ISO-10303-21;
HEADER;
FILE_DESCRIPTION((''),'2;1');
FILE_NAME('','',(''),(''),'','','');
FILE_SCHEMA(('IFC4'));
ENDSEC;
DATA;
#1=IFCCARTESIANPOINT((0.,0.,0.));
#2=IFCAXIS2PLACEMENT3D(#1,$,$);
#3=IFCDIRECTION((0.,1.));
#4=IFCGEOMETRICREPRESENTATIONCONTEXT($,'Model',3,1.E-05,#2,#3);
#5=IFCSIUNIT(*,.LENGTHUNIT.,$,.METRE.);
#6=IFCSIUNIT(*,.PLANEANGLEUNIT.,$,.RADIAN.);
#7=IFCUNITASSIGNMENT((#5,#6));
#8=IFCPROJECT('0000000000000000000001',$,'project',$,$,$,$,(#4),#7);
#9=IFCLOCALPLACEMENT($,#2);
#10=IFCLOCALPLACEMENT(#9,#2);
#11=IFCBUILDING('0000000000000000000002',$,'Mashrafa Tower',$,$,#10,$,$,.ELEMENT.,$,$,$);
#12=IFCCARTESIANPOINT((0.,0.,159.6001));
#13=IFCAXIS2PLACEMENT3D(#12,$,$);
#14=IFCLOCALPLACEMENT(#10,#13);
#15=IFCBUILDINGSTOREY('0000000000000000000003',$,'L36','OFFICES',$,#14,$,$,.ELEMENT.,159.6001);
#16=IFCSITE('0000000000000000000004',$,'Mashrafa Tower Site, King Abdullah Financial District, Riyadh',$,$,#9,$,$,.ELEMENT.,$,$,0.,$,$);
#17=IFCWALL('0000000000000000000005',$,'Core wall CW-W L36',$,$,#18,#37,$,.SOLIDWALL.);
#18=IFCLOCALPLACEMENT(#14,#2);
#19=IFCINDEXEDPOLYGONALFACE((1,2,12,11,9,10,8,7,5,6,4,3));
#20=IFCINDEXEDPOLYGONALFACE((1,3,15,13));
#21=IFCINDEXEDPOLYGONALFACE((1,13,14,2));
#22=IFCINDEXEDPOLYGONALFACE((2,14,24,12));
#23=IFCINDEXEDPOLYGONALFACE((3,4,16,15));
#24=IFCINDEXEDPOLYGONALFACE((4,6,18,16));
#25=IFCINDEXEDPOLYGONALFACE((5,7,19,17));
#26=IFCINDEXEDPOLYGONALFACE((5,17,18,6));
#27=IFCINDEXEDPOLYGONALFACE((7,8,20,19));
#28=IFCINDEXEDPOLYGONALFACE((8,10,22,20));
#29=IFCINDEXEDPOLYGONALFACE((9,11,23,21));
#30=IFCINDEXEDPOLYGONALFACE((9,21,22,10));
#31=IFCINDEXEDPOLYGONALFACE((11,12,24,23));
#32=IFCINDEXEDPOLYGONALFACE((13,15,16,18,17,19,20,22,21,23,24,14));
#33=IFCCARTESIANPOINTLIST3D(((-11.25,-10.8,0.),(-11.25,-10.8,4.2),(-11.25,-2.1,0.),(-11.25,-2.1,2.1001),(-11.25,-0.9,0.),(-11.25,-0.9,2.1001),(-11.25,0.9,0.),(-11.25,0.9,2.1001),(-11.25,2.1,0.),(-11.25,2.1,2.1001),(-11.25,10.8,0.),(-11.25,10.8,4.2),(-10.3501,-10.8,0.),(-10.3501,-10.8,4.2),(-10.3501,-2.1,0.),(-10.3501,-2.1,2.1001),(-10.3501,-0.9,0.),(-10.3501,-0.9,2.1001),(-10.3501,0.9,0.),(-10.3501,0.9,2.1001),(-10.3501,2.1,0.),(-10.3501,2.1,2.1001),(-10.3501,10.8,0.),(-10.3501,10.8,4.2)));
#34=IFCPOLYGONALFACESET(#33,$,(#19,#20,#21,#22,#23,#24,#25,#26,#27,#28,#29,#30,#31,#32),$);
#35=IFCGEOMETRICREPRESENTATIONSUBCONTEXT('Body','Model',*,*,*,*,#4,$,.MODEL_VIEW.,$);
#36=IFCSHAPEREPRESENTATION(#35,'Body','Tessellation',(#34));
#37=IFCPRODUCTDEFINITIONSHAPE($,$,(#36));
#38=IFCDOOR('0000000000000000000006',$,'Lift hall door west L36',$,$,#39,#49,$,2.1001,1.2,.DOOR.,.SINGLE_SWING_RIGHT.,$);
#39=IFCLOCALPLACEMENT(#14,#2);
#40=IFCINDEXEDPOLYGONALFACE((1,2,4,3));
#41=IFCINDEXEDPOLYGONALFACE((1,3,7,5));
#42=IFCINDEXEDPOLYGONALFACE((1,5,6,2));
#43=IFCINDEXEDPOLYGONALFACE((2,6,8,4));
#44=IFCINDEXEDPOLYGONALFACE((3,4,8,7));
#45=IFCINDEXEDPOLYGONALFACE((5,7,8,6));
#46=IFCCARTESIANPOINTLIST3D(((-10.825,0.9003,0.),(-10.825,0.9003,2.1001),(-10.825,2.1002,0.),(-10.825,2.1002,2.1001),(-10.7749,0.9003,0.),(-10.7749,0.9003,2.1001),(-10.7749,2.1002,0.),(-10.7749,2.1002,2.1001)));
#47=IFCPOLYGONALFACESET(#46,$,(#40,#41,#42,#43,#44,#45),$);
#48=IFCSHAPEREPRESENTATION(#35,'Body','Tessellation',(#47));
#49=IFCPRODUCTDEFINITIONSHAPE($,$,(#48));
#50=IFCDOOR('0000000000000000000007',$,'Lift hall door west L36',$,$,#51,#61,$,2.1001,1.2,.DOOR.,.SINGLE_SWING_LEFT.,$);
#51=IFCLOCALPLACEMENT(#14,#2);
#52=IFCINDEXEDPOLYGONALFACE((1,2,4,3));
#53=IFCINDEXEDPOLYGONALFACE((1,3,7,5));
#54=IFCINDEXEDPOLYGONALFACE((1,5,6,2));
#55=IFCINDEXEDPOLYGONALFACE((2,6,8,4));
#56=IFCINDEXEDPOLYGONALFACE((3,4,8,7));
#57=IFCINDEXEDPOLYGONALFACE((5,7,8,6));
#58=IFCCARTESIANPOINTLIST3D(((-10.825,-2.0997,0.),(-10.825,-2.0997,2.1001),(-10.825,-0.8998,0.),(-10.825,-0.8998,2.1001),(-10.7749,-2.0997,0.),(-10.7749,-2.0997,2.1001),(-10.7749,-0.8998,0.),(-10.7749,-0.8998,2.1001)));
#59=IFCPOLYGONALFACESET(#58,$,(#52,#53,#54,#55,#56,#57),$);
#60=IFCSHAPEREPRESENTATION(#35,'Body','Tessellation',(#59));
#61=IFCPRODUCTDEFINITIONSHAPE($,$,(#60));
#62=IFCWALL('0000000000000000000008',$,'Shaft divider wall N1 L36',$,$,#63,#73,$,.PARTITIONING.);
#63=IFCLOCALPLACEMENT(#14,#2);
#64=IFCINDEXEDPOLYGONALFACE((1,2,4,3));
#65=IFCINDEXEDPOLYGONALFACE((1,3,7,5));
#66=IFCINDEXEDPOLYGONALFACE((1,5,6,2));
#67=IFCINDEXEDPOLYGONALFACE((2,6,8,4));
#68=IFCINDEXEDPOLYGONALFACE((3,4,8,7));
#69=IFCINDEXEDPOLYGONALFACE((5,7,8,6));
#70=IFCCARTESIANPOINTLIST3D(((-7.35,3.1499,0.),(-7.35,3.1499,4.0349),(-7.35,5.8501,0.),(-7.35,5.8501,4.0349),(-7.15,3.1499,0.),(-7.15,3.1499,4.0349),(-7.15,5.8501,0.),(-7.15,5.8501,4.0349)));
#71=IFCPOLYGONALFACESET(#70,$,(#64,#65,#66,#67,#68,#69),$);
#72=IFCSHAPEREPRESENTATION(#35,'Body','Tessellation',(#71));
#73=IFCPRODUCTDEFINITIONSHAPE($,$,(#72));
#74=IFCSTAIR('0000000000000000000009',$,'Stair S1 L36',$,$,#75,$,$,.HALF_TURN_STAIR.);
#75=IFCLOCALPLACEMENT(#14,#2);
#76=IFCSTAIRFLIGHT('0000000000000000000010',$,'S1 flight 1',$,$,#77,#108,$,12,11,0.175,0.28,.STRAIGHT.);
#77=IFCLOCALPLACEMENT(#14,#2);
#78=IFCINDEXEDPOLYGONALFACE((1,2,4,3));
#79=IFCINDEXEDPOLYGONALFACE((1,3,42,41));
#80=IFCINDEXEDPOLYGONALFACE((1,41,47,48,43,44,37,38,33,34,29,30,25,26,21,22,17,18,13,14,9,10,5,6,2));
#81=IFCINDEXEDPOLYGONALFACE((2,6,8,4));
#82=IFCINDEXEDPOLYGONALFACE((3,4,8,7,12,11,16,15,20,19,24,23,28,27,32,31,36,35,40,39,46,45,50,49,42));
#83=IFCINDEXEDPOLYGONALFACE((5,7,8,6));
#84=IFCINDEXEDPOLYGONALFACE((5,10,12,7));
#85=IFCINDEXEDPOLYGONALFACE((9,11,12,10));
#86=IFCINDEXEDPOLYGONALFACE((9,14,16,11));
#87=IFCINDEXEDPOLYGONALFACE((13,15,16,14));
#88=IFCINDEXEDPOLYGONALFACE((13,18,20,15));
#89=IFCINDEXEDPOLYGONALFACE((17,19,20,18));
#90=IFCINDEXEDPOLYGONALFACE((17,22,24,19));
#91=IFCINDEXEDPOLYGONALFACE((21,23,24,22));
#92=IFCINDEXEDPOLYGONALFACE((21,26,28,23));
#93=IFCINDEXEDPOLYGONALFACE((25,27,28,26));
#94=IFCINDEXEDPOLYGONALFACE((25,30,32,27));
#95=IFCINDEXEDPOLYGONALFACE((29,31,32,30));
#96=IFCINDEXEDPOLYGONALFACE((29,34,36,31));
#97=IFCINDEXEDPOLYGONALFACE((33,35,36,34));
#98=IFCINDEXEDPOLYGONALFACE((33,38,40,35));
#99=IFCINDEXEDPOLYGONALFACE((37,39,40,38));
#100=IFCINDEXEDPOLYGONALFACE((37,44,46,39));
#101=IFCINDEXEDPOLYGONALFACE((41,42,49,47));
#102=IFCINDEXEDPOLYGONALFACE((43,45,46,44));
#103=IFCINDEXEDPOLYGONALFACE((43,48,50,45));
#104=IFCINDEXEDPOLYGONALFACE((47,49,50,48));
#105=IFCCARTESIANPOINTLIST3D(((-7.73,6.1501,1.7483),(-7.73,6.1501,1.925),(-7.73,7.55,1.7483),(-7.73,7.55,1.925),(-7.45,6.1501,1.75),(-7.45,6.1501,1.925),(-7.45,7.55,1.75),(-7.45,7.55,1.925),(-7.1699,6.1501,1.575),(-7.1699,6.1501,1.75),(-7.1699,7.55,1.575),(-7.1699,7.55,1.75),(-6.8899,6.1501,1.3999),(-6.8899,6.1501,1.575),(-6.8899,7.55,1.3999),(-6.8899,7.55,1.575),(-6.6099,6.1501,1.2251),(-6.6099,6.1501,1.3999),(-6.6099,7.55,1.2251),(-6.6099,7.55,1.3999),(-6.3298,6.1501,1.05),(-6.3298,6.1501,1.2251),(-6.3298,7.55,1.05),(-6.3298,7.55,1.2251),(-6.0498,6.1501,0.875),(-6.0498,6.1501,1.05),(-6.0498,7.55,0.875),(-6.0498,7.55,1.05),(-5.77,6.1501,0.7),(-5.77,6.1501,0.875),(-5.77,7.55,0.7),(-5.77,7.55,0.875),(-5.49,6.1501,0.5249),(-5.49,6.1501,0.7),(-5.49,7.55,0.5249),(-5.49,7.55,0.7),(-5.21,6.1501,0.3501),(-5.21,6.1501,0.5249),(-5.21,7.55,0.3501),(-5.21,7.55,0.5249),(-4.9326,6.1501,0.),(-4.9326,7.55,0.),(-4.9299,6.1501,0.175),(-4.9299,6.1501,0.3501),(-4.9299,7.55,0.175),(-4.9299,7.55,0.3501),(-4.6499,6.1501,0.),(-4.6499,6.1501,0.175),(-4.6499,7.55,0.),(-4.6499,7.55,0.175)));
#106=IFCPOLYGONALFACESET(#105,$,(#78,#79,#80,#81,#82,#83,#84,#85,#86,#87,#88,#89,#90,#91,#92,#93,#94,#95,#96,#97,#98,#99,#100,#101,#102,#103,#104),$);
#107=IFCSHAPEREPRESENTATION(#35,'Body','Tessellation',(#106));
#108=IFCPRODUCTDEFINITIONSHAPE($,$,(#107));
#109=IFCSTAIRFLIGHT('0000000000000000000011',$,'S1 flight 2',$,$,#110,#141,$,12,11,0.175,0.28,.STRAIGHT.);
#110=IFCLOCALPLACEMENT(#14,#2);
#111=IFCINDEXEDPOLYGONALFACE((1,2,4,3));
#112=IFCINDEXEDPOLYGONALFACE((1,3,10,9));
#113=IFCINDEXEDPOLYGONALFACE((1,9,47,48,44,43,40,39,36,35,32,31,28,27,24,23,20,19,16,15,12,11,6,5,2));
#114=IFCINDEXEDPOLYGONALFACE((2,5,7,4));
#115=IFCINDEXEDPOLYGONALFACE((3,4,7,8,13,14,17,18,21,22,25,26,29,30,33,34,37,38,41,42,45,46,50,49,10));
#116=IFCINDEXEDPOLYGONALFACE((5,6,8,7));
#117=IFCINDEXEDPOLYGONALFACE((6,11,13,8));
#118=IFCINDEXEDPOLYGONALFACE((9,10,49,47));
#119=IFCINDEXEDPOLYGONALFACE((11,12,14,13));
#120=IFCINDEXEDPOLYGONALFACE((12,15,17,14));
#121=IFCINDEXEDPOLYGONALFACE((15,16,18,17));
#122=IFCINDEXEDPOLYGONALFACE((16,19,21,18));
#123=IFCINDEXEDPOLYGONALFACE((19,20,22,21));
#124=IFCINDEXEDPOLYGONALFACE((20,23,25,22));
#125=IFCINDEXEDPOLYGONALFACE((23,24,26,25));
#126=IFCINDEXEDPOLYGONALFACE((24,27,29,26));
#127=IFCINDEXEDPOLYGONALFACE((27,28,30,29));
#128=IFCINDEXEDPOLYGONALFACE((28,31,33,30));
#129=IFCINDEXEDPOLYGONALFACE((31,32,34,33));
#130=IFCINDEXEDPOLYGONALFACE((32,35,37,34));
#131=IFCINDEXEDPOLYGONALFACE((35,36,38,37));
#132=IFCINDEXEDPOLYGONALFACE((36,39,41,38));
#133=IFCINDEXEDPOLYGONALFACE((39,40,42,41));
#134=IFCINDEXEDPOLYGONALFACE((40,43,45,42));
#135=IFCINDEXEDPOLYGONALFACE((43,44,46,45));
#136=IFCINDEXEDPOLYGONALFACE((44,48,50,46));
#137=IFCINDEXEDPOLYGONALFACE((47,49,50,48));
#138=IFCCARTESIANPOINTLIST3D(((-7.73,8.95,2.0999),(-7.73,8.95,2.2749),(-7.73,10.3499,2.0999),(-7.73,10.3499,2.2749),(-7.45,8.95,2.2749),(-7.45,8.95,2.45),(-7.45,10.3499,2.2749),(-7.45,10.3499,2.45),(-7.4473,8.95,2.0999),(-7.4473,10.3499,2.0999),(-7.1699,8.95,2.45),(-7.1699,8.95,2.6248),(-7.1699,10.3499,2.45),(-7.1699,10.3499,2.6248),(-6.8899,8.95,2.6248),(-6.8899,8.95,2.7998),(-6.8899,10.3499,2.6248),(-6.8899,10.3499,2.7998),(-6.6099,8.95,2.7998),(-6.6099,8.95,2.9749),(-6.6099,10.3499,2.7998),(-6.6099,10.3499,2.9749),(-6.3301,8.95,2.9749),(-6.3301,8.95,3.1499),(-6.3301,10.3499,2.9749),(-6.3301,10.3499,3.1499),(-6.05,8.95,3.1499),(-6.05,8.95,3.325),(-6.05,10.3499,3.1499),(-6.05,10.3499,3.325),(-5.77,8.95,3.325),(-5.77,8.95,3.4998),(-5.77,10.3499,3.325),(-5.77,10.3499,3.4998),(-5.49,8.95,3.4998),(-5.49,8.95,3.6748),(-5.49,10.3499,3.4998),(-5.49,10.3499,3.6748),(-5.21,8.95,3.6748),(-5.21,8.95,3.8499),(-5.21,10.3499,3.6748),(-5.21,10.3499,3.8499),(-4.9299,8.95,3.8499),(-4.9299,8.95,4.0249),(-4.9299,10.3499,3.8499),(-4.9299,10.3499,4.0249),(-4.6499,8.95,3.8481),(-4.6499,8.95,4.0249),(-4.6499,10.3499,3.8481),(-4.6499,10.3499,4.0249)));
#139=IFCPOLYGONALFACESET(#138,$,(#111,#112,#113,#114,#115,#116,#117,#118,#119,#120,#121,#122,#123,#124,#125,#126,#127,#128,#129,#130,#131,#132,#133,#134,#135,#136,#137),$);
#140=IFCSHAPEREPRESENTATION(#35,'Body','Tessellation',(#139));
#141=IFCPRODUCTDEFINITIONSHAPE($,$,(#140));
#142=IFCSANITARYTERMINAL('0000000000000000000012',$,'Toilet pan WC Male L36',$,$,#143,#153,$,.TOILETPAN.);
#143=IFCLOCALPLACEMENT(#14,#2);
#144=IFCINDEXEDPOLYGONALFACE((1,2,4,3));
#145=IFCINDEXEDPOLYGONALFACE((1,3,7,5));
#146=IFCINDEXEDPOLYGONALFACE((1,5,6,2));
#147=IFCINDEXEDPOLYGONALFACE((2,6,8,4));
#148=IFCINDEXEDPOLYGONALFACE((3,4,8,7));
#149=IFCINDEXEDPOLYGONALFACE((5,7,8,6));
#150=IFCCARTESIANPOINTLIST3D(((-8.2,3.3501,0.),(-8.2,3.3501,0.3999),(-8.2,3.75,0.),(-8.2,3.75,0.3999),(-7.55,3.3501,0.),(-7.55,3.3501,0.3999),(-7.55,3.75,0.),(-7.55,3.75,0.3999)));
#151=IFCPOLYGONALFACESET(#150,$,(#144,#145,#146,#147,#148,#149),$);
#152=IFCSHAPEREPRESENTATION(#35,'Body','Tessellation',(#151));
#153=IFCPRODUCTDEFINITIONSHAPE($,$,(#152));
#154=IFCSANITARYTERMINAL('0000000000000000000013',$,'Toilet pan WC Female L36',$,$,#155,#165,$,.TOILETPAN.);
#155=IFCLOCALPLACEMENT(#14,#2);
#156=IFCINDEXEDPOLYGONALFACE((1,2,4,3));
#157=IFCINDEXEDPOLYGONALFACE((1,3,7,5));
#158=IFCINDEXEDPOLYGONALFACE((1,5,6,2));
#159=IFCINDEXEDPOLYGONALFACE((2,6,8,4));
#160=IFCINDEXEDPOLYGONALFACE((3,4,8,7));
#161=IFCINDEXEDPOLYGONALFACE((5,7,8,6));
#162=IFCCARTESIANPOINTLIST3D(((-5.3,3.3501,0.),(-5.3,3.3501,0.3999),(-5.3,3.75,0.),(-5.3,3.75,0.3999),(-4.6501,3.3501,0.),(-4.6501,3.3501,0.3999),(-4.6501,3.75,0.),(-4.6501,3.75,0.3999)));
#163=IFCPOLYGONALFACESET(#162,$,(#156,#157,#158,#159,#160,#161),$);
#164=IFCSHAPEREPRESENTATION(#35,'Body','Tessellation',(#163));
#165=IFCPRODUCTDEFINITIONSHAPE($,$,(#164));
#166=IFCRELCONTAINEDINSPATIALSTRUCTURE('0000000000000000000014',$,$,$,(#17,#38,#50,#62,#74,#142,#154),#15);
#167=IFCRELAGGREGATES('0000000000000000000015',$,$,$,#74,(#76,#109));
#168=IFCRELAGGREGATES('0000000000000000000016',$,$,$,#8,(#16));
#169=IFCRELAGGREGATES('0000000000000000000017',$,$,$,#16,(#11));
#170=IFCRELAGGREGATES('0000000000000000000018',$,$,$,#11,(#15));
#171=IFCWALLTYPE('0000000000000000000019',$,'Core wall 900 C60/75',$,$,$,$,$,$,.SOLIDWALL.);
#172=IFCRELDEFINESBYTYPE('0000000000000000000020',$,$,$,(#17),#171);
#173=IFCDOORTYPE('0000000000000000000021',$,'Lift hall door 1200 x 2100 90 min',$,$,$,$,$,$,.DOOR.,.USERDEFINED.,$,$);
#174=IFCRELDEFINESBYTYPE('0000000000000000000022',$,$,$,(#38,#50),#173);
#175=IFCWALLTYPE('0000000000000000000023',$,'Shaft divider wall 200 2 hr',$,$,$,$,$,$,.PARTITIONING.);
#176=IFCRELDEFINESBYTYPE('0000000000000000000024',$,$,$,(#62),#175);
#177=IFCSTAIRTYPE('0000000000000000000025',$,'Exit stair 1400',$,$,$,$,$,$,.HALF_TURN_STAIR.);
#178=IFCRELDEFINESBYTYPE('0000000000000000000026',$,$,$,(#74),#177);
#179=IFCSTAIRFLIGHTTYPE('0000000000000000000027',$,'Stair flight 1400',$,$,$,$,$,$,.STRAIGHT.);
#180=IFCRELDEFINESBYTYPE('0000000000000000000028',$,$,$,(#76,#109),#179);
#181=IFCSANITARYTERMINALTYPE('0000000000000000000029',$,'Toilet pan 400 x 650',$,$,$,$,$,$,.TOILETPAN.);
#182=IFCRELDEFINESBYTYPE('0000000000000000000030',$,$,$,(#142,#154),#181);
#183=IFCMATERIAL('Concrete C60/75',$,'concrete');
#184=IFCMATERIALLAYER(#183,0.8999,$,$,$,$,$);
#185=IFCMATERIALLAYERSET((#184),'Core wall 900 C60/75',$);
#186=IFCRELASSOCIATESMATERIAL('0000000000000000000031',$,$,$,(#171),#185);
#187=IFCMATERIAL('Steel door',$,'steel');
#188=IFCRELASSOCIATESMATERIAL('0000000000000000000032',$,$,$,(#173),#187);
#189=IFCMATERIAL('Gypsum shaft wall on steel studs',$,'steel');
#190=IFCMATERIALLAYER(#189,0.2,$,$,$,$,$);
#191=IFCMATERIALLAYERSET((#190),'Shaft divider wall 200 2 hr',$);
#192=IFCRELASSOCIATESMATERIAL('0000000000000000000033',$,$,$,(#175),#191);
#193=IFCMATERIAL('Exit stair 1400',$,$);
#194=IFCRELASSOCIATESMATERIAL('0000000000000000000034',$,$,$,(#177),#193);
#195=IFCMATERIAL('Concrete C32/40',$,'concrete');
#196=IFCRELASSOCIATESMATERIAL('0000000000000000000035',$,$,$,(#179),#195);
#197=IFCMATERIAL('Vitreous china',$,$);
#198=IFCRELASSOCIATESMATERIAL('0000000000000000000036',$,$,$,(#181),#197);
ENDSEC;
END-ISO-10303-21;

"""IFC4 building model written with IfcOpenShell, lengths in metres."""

from ifc_helpers import new_model, si_unit, direction, frame, frame_2d, origin, origin_2d, place, context, subcontext, project, spatial, polyline, rectangle, outline, extrude, material, layer, layer_set, type_object, element, fill, aggregate, save


model = new_model("IFC4")

# Units and contexts
model_context = context("Model", 3, precision=1e-05, world=origin(), true_north=direction((0.0, 1.0)))
body_context = subcontext(model_context, "Body", "Model", "MODEL_VIEW")
ifc_project = project(units=[si_unit("LENGTHUNIT", "METRE"), si_unit("PLANEANGLEUNIT", "RADIAN")], contexts=[model_context])

# Site, building, storey
site_placement = place(None, origin())
site = spatial("IfcSite", under=ifc_project, at=site_placement, Name="Mashrafa Tower Site, King Abdullah Financial District, Riyadh", CompositionType="ELEMENT", RefElevation=0.0)
building_placement = place(site_placement, origin())
building = spatial("IfcBuilding", under=site, at=building_placement, Name="Mashrafa Tower", CompositionType="ELEMENT")
storey_placement = place(building_placement, frame((0.0, 0.0, 159.6001)))
storey = spatial("IfcBuildingStorey", under=building, at=storey_placement, Name="L36", Description="OFFICES", CompositionType="ELEMENT", Elevation=159.6001)

# Wall, openings, doors
ifc_material_1 = material(Name="Concrete C60/75", Category="concrete")
ifc_layer_1 = layer(ifc_material_1, 0.8999)
ifc_layer_set_1 = layer_set([ifc_layer_1], Name="Core wall 900 C60/75")
wall_type_1 = type_object("IfcWallType", Name="Core wall 900 C60/75", PredefinedType="SOLIDWALL", material=ifc_layer_set_1)
wall_1_placement = place(storey_placement, frame((-10.8, 10.8, 0.0), z_axis=(0.0, 0.0, 1.0), x_axis=(0.0, -1.0, 0.0)))
wall_1 = element("IfcWall", 1, at=wall_1_placement, inside=storey, type_object=wall_type_1, Name="Core wall CW-W L36", PredefinedType="SOLIDWALL", context=body_context, shape_type="SweptSolid", body=[
    extrude(rectangle(XDim=21.6001, YDim=0.8999, at=frame_2d((10.8, 0.0))), origin(), (0.0, 0.0, 1.0), 4.2),
])
opening_1_placement = place(wall_1_placement, frame((8.7, 0.0, 0.0)))
opening_1 = element("IfcOpeningElement", 2, at=opening_1_placement, cuts=wall_1, PredefinedType="OPENING", context=body_context, shape_type="SweptSolid", body=[
    extrude(rectangle(XDim=1.2, YDim=2.1001, at=frame_2d((0.6001, 1.05))), frame((0.0, 0.46, 0.0), z_axis=(0.0, -1.0, 0.0), x_axis=(1.0, 0.0, 0.0)), (0.0, 0.0, 1.0), 0.9199),
])
opening_2_placement = place(wall_1_placement, frame((11.7, 0.0, 0.0)))
opening_2 = element("IfcOpeningElement", 3, at=opening_2_placement, cuts=wall_1, PredefinedType="OPENING", context=body_context, shape_type="SweptSolid", body=[
    extrude(rectangle(XDim=1.2, YDim=2.1001, at=frame_2d((0.6001, 1.05))), frame((0.0, 0.46, 0.0), z_axis=(0.0, -1.0, 0.0), x_axis=(1.0, 0.0, 0.0)), (0.0, 0.0, 1.0), 0.9199),
])
ifc_material_2 = material(Name="Steel door", Category="steel")
door_type_1 = type_object("IfcDoorType", Name="Lift hall door 1200 x 2100 90 min", OperationType="USERDEFINED", PredefinedType="DOOR", material=ifc_material_2)
door_1_placement = place(opening_1_placement, frame((1.2, 0.0, 0.0), z_axis=(0.0, 0.0, 1.0), x_axis=(-1.0, 0.0, 0.0)))
door_1 = element("IfcDoor", 4, at=door_1_placement, inside=storey, type_object=door_type_1, Name="Lift hall door west L36", OperationType="SINGLE_SWING_RIGHT", OverallHeight=2.1001, OverallWidth=1.2, PredefinedType="DOOR", context=body_context, shape_type="SweptSolid", body=[
    extrude(rectangle(XDim=1.2, YDim=2.1001, at=frame_2d((0.6001, 1.05))), frame((0.0, 0.0249, 0.0), z_axis=(0.0, -1.0, 0.0), x_axis=(1.0, 0.0, 0.0)), (0.0, 0.0, 1.0), 0.05),
])
fill(opening_1, door_1)
door_2_placement = place(opening_2_placement, frame((1.2, 0.0, 0.0), z_axis=(0.0, 0.0, 1.0), x_axis=(-1.0, 0.0, 0.0)))
door_2 = element("IfcDoor", 5, at=door_2_placement, inside=storey, type_object=door_type_1, Name="Lift hall door west L36", OperationType="SINGLE_SWING_LEFT", OverallHeight=2.1001, OverallWidth=1.2, PredefinedType="DOOR", context=body_context, shape_type="SweptSolid", body=[
    extrude(rectangle(XDim=1.2, YDim=2.1001, at=frame_2d((0.6001, 1.05))), frame((0.0, 0.0249, 0.0), z_axis=(0.0, -1.0, 0.0), x_axis=(1.0, 0.0, 0.0)), (0.0, 0.0, 1.0), 0.05),
])
fill(opening_2, door_2)

# Wall
ifc_material_3 = material(Name="Gypsum shaft wall on steel studs", Category="steel")
ifc_layer_2 = layer(ifc_material_3, 0.2)
ifc_layer_set_2 = layer_set([ifc_layer_2], Name="Shaft divider wall 200 2 hr")
wall_type_2 = type_object("IfcWallType", Name="Shaft divider wall 200 2 hr", PredefinedType="PARTITIONING", material=ifc_layer_set_2)
wall_2_placement = place(storey_placement, frame((-7.25, 3.1499, 0.0), z_axis=(0.0, 0.0, 1.0), x_axis=(0.0, 1.0, 0.0)))
element("IfcWall", 6, at=wall_2_placement, inside=storey, type_object=wall_type_2, Name="Shaft divider wall N1 L36", PredefinedType="PARTITIONING", context=body_context, shape_type="SweptSolid", body=[
    extrude(rectangle(XDim=2.7002, YDim=0.2, at=frame_2d((1.3501, 0.0))), origin(), (0.0, 0.0, 1.0), 4.0349),
])

# Stair, stair flights
ifc_material_4 = material(Name="Exit stair 1400")
stair_type = type_object("IfcStairType", Name="Exit stair 1400", PredefinedType="HALF_TURN_STAIR", material=ifc_material_4)
stair_placement = place(storey_placement, origin())
stair = element("IfcStair", 7, at=stair_placement, inside=storey, type_object=stair_type, Name="Stair S1 L36", PredefinedType="HALF_TURN_STAIR")
ifc_material_5 = material(Name="Concrete C32/40", Category="concrete")
stair_flight_type = type_object("IfcStairFlightType", Name="Stair flight 1400", PredefinedType="STRAIGHT", material=ifc_material_5)
stair_flight_1_placement = place(storey_placement, frame((-4.6499, 6.8501, 0.0), z_axis=(0.0, 0.0, 1.0), x_axis=(-1.0, 0.0, 0.0)))
stair_flight_1 = element("IfcStairFlight", 8, at=stair_flight_1_placement, type_object=stair_flight_type, Name="S1 flight 1", NumberOfRisers=12, NumberOfTreads=11, PredefinedType="STRAIGHT", RiserHeight=0.175, TreadLength=0.28, context=body_context, shape_type="SweptSolid", body=[
    extrude(outline(polyline([(0.0, 0.0), (0.0, 0.175), (0.28, 0.175), (0.28, 0.3501), (0.5601, 0.3501), (0.5601, 0.5249), (0.8401, 0.5249), (0.8401, 0.7), (1.1201, 0.7), (1.1201, 0.875), (1.3999, 0.875), (1.3999, 1.05), (1.6799, 1.05), (1.6799, 1.2251), (1.96, 1.2251), (1.96, 1.3999), (2.24, 1.3999), (2.24, 1.575), (2.52, 1.575), (2.52, 1.75), (2.8, 1.75), (2.8, 1.925), (3.0801, 1.925), (3.0801, 2.1001), (3.0801, 1.7483), (0.2827, 0.0), (0.0, 0.0)])), frame((0.0, 0.7, 0.0), z_axis=(0.0, -1.0, 0.0), x_axis=(1.0, 0.0, 0.0)), (0.0, 0.0, 1.0), 1.3999),
])
stair_flight_2_placement = place(storey_placement, frame((-7.73, 9.6499, 2.0999), z_axis=(0.0, 0.0, 1.0), x_axis=(1.0, 0.0, 0.0)))
stair_flight_2 = element("IfcStairFlight", 9, at=stair_flight_2_placement, type_object=stair_flight_type, Name="S1 flight 2", NumberOfRisers=12, NumberOfTreads=11, PredefinedType="STRAIGHT", RiserHeight=0.175, TreadLength=0.28, context=body_context, shape_type="SweptSolid", body=[
    extrude(outline(polyline([(0.0, 0.0), (0.0, 0.175), (0.28, 0.175), (0.28, 0.3501), (0.5601, 0.3501), (0.5601, 0.5249), (0.8401, 0.5249), (0.8401, 0.7), (1.1201, 0.7), (1.1201, 0.875), (1.3999, 0.875), (1.3999, 1.05), (1.6799, 1.05), (1.6799, 1.2251), (1.96, 1.2251), (1.96, 1.3999), (2.24, 1.3999), (2.24, 1.575), (2.52, 1.575), (2.52, 1.75), (2.8, 1.75), (2.8, 1.925), (3.0801, 1.925), (3.0801, 2.1001), (3.0801, 1.7483), (0.2827, 0.0), (0.0, 0.0)])), frame((0.0, 0.7, 0.0), z_axis=(0.0, -1.0, 0.0), x_axis=(1.0, 0.0, 0.0)), (0.0, 0.0, 1.0), 1.3999),
])
aggregate(stair, [stair_flight_1, stair_flight_2])

# Sanitary terminals
ifc_material_6 = material(Name="Vitreous china")
sanitary_terminal_type_1 = type_object("IfcSanitaryTerminalType", Name="Toilet pan 400 x 650", PredefinedType="TOILETPAN", material=ifc_material_6)
for number, where, z_axis, x_axis, name in (
    (10, (-7.875, 3.55, 0.0), (0.0, 0.0, 1.0), (0.0, 1.0, 0.0), "Toilet pan WC Male L36"),
    (11, (-4.9751, 3.55, 0.0), (0.0, 0.0, 1.0), (0.0, 1.0, 0.0), "Toilet pan WC Female L36"),
):
    element("IfcSanitaryTerminal", number, at=place(storey_placement, frame(where, z_axis=z_axis, x_axis=x_axis)), inside=storey, type_object=sanitary_terminal_type_1, Name=name, PredefinedType="TOILETPAN", context=body_context, shape_type="SweptSolid", body=[
        extrude(rectangle(XDim=0.3999, YDim=0.6499, at=origin_2d()), origin(), (0.0, 0.0, 1.0), 0.3999),
    ])

save(model, "model.ifc")
